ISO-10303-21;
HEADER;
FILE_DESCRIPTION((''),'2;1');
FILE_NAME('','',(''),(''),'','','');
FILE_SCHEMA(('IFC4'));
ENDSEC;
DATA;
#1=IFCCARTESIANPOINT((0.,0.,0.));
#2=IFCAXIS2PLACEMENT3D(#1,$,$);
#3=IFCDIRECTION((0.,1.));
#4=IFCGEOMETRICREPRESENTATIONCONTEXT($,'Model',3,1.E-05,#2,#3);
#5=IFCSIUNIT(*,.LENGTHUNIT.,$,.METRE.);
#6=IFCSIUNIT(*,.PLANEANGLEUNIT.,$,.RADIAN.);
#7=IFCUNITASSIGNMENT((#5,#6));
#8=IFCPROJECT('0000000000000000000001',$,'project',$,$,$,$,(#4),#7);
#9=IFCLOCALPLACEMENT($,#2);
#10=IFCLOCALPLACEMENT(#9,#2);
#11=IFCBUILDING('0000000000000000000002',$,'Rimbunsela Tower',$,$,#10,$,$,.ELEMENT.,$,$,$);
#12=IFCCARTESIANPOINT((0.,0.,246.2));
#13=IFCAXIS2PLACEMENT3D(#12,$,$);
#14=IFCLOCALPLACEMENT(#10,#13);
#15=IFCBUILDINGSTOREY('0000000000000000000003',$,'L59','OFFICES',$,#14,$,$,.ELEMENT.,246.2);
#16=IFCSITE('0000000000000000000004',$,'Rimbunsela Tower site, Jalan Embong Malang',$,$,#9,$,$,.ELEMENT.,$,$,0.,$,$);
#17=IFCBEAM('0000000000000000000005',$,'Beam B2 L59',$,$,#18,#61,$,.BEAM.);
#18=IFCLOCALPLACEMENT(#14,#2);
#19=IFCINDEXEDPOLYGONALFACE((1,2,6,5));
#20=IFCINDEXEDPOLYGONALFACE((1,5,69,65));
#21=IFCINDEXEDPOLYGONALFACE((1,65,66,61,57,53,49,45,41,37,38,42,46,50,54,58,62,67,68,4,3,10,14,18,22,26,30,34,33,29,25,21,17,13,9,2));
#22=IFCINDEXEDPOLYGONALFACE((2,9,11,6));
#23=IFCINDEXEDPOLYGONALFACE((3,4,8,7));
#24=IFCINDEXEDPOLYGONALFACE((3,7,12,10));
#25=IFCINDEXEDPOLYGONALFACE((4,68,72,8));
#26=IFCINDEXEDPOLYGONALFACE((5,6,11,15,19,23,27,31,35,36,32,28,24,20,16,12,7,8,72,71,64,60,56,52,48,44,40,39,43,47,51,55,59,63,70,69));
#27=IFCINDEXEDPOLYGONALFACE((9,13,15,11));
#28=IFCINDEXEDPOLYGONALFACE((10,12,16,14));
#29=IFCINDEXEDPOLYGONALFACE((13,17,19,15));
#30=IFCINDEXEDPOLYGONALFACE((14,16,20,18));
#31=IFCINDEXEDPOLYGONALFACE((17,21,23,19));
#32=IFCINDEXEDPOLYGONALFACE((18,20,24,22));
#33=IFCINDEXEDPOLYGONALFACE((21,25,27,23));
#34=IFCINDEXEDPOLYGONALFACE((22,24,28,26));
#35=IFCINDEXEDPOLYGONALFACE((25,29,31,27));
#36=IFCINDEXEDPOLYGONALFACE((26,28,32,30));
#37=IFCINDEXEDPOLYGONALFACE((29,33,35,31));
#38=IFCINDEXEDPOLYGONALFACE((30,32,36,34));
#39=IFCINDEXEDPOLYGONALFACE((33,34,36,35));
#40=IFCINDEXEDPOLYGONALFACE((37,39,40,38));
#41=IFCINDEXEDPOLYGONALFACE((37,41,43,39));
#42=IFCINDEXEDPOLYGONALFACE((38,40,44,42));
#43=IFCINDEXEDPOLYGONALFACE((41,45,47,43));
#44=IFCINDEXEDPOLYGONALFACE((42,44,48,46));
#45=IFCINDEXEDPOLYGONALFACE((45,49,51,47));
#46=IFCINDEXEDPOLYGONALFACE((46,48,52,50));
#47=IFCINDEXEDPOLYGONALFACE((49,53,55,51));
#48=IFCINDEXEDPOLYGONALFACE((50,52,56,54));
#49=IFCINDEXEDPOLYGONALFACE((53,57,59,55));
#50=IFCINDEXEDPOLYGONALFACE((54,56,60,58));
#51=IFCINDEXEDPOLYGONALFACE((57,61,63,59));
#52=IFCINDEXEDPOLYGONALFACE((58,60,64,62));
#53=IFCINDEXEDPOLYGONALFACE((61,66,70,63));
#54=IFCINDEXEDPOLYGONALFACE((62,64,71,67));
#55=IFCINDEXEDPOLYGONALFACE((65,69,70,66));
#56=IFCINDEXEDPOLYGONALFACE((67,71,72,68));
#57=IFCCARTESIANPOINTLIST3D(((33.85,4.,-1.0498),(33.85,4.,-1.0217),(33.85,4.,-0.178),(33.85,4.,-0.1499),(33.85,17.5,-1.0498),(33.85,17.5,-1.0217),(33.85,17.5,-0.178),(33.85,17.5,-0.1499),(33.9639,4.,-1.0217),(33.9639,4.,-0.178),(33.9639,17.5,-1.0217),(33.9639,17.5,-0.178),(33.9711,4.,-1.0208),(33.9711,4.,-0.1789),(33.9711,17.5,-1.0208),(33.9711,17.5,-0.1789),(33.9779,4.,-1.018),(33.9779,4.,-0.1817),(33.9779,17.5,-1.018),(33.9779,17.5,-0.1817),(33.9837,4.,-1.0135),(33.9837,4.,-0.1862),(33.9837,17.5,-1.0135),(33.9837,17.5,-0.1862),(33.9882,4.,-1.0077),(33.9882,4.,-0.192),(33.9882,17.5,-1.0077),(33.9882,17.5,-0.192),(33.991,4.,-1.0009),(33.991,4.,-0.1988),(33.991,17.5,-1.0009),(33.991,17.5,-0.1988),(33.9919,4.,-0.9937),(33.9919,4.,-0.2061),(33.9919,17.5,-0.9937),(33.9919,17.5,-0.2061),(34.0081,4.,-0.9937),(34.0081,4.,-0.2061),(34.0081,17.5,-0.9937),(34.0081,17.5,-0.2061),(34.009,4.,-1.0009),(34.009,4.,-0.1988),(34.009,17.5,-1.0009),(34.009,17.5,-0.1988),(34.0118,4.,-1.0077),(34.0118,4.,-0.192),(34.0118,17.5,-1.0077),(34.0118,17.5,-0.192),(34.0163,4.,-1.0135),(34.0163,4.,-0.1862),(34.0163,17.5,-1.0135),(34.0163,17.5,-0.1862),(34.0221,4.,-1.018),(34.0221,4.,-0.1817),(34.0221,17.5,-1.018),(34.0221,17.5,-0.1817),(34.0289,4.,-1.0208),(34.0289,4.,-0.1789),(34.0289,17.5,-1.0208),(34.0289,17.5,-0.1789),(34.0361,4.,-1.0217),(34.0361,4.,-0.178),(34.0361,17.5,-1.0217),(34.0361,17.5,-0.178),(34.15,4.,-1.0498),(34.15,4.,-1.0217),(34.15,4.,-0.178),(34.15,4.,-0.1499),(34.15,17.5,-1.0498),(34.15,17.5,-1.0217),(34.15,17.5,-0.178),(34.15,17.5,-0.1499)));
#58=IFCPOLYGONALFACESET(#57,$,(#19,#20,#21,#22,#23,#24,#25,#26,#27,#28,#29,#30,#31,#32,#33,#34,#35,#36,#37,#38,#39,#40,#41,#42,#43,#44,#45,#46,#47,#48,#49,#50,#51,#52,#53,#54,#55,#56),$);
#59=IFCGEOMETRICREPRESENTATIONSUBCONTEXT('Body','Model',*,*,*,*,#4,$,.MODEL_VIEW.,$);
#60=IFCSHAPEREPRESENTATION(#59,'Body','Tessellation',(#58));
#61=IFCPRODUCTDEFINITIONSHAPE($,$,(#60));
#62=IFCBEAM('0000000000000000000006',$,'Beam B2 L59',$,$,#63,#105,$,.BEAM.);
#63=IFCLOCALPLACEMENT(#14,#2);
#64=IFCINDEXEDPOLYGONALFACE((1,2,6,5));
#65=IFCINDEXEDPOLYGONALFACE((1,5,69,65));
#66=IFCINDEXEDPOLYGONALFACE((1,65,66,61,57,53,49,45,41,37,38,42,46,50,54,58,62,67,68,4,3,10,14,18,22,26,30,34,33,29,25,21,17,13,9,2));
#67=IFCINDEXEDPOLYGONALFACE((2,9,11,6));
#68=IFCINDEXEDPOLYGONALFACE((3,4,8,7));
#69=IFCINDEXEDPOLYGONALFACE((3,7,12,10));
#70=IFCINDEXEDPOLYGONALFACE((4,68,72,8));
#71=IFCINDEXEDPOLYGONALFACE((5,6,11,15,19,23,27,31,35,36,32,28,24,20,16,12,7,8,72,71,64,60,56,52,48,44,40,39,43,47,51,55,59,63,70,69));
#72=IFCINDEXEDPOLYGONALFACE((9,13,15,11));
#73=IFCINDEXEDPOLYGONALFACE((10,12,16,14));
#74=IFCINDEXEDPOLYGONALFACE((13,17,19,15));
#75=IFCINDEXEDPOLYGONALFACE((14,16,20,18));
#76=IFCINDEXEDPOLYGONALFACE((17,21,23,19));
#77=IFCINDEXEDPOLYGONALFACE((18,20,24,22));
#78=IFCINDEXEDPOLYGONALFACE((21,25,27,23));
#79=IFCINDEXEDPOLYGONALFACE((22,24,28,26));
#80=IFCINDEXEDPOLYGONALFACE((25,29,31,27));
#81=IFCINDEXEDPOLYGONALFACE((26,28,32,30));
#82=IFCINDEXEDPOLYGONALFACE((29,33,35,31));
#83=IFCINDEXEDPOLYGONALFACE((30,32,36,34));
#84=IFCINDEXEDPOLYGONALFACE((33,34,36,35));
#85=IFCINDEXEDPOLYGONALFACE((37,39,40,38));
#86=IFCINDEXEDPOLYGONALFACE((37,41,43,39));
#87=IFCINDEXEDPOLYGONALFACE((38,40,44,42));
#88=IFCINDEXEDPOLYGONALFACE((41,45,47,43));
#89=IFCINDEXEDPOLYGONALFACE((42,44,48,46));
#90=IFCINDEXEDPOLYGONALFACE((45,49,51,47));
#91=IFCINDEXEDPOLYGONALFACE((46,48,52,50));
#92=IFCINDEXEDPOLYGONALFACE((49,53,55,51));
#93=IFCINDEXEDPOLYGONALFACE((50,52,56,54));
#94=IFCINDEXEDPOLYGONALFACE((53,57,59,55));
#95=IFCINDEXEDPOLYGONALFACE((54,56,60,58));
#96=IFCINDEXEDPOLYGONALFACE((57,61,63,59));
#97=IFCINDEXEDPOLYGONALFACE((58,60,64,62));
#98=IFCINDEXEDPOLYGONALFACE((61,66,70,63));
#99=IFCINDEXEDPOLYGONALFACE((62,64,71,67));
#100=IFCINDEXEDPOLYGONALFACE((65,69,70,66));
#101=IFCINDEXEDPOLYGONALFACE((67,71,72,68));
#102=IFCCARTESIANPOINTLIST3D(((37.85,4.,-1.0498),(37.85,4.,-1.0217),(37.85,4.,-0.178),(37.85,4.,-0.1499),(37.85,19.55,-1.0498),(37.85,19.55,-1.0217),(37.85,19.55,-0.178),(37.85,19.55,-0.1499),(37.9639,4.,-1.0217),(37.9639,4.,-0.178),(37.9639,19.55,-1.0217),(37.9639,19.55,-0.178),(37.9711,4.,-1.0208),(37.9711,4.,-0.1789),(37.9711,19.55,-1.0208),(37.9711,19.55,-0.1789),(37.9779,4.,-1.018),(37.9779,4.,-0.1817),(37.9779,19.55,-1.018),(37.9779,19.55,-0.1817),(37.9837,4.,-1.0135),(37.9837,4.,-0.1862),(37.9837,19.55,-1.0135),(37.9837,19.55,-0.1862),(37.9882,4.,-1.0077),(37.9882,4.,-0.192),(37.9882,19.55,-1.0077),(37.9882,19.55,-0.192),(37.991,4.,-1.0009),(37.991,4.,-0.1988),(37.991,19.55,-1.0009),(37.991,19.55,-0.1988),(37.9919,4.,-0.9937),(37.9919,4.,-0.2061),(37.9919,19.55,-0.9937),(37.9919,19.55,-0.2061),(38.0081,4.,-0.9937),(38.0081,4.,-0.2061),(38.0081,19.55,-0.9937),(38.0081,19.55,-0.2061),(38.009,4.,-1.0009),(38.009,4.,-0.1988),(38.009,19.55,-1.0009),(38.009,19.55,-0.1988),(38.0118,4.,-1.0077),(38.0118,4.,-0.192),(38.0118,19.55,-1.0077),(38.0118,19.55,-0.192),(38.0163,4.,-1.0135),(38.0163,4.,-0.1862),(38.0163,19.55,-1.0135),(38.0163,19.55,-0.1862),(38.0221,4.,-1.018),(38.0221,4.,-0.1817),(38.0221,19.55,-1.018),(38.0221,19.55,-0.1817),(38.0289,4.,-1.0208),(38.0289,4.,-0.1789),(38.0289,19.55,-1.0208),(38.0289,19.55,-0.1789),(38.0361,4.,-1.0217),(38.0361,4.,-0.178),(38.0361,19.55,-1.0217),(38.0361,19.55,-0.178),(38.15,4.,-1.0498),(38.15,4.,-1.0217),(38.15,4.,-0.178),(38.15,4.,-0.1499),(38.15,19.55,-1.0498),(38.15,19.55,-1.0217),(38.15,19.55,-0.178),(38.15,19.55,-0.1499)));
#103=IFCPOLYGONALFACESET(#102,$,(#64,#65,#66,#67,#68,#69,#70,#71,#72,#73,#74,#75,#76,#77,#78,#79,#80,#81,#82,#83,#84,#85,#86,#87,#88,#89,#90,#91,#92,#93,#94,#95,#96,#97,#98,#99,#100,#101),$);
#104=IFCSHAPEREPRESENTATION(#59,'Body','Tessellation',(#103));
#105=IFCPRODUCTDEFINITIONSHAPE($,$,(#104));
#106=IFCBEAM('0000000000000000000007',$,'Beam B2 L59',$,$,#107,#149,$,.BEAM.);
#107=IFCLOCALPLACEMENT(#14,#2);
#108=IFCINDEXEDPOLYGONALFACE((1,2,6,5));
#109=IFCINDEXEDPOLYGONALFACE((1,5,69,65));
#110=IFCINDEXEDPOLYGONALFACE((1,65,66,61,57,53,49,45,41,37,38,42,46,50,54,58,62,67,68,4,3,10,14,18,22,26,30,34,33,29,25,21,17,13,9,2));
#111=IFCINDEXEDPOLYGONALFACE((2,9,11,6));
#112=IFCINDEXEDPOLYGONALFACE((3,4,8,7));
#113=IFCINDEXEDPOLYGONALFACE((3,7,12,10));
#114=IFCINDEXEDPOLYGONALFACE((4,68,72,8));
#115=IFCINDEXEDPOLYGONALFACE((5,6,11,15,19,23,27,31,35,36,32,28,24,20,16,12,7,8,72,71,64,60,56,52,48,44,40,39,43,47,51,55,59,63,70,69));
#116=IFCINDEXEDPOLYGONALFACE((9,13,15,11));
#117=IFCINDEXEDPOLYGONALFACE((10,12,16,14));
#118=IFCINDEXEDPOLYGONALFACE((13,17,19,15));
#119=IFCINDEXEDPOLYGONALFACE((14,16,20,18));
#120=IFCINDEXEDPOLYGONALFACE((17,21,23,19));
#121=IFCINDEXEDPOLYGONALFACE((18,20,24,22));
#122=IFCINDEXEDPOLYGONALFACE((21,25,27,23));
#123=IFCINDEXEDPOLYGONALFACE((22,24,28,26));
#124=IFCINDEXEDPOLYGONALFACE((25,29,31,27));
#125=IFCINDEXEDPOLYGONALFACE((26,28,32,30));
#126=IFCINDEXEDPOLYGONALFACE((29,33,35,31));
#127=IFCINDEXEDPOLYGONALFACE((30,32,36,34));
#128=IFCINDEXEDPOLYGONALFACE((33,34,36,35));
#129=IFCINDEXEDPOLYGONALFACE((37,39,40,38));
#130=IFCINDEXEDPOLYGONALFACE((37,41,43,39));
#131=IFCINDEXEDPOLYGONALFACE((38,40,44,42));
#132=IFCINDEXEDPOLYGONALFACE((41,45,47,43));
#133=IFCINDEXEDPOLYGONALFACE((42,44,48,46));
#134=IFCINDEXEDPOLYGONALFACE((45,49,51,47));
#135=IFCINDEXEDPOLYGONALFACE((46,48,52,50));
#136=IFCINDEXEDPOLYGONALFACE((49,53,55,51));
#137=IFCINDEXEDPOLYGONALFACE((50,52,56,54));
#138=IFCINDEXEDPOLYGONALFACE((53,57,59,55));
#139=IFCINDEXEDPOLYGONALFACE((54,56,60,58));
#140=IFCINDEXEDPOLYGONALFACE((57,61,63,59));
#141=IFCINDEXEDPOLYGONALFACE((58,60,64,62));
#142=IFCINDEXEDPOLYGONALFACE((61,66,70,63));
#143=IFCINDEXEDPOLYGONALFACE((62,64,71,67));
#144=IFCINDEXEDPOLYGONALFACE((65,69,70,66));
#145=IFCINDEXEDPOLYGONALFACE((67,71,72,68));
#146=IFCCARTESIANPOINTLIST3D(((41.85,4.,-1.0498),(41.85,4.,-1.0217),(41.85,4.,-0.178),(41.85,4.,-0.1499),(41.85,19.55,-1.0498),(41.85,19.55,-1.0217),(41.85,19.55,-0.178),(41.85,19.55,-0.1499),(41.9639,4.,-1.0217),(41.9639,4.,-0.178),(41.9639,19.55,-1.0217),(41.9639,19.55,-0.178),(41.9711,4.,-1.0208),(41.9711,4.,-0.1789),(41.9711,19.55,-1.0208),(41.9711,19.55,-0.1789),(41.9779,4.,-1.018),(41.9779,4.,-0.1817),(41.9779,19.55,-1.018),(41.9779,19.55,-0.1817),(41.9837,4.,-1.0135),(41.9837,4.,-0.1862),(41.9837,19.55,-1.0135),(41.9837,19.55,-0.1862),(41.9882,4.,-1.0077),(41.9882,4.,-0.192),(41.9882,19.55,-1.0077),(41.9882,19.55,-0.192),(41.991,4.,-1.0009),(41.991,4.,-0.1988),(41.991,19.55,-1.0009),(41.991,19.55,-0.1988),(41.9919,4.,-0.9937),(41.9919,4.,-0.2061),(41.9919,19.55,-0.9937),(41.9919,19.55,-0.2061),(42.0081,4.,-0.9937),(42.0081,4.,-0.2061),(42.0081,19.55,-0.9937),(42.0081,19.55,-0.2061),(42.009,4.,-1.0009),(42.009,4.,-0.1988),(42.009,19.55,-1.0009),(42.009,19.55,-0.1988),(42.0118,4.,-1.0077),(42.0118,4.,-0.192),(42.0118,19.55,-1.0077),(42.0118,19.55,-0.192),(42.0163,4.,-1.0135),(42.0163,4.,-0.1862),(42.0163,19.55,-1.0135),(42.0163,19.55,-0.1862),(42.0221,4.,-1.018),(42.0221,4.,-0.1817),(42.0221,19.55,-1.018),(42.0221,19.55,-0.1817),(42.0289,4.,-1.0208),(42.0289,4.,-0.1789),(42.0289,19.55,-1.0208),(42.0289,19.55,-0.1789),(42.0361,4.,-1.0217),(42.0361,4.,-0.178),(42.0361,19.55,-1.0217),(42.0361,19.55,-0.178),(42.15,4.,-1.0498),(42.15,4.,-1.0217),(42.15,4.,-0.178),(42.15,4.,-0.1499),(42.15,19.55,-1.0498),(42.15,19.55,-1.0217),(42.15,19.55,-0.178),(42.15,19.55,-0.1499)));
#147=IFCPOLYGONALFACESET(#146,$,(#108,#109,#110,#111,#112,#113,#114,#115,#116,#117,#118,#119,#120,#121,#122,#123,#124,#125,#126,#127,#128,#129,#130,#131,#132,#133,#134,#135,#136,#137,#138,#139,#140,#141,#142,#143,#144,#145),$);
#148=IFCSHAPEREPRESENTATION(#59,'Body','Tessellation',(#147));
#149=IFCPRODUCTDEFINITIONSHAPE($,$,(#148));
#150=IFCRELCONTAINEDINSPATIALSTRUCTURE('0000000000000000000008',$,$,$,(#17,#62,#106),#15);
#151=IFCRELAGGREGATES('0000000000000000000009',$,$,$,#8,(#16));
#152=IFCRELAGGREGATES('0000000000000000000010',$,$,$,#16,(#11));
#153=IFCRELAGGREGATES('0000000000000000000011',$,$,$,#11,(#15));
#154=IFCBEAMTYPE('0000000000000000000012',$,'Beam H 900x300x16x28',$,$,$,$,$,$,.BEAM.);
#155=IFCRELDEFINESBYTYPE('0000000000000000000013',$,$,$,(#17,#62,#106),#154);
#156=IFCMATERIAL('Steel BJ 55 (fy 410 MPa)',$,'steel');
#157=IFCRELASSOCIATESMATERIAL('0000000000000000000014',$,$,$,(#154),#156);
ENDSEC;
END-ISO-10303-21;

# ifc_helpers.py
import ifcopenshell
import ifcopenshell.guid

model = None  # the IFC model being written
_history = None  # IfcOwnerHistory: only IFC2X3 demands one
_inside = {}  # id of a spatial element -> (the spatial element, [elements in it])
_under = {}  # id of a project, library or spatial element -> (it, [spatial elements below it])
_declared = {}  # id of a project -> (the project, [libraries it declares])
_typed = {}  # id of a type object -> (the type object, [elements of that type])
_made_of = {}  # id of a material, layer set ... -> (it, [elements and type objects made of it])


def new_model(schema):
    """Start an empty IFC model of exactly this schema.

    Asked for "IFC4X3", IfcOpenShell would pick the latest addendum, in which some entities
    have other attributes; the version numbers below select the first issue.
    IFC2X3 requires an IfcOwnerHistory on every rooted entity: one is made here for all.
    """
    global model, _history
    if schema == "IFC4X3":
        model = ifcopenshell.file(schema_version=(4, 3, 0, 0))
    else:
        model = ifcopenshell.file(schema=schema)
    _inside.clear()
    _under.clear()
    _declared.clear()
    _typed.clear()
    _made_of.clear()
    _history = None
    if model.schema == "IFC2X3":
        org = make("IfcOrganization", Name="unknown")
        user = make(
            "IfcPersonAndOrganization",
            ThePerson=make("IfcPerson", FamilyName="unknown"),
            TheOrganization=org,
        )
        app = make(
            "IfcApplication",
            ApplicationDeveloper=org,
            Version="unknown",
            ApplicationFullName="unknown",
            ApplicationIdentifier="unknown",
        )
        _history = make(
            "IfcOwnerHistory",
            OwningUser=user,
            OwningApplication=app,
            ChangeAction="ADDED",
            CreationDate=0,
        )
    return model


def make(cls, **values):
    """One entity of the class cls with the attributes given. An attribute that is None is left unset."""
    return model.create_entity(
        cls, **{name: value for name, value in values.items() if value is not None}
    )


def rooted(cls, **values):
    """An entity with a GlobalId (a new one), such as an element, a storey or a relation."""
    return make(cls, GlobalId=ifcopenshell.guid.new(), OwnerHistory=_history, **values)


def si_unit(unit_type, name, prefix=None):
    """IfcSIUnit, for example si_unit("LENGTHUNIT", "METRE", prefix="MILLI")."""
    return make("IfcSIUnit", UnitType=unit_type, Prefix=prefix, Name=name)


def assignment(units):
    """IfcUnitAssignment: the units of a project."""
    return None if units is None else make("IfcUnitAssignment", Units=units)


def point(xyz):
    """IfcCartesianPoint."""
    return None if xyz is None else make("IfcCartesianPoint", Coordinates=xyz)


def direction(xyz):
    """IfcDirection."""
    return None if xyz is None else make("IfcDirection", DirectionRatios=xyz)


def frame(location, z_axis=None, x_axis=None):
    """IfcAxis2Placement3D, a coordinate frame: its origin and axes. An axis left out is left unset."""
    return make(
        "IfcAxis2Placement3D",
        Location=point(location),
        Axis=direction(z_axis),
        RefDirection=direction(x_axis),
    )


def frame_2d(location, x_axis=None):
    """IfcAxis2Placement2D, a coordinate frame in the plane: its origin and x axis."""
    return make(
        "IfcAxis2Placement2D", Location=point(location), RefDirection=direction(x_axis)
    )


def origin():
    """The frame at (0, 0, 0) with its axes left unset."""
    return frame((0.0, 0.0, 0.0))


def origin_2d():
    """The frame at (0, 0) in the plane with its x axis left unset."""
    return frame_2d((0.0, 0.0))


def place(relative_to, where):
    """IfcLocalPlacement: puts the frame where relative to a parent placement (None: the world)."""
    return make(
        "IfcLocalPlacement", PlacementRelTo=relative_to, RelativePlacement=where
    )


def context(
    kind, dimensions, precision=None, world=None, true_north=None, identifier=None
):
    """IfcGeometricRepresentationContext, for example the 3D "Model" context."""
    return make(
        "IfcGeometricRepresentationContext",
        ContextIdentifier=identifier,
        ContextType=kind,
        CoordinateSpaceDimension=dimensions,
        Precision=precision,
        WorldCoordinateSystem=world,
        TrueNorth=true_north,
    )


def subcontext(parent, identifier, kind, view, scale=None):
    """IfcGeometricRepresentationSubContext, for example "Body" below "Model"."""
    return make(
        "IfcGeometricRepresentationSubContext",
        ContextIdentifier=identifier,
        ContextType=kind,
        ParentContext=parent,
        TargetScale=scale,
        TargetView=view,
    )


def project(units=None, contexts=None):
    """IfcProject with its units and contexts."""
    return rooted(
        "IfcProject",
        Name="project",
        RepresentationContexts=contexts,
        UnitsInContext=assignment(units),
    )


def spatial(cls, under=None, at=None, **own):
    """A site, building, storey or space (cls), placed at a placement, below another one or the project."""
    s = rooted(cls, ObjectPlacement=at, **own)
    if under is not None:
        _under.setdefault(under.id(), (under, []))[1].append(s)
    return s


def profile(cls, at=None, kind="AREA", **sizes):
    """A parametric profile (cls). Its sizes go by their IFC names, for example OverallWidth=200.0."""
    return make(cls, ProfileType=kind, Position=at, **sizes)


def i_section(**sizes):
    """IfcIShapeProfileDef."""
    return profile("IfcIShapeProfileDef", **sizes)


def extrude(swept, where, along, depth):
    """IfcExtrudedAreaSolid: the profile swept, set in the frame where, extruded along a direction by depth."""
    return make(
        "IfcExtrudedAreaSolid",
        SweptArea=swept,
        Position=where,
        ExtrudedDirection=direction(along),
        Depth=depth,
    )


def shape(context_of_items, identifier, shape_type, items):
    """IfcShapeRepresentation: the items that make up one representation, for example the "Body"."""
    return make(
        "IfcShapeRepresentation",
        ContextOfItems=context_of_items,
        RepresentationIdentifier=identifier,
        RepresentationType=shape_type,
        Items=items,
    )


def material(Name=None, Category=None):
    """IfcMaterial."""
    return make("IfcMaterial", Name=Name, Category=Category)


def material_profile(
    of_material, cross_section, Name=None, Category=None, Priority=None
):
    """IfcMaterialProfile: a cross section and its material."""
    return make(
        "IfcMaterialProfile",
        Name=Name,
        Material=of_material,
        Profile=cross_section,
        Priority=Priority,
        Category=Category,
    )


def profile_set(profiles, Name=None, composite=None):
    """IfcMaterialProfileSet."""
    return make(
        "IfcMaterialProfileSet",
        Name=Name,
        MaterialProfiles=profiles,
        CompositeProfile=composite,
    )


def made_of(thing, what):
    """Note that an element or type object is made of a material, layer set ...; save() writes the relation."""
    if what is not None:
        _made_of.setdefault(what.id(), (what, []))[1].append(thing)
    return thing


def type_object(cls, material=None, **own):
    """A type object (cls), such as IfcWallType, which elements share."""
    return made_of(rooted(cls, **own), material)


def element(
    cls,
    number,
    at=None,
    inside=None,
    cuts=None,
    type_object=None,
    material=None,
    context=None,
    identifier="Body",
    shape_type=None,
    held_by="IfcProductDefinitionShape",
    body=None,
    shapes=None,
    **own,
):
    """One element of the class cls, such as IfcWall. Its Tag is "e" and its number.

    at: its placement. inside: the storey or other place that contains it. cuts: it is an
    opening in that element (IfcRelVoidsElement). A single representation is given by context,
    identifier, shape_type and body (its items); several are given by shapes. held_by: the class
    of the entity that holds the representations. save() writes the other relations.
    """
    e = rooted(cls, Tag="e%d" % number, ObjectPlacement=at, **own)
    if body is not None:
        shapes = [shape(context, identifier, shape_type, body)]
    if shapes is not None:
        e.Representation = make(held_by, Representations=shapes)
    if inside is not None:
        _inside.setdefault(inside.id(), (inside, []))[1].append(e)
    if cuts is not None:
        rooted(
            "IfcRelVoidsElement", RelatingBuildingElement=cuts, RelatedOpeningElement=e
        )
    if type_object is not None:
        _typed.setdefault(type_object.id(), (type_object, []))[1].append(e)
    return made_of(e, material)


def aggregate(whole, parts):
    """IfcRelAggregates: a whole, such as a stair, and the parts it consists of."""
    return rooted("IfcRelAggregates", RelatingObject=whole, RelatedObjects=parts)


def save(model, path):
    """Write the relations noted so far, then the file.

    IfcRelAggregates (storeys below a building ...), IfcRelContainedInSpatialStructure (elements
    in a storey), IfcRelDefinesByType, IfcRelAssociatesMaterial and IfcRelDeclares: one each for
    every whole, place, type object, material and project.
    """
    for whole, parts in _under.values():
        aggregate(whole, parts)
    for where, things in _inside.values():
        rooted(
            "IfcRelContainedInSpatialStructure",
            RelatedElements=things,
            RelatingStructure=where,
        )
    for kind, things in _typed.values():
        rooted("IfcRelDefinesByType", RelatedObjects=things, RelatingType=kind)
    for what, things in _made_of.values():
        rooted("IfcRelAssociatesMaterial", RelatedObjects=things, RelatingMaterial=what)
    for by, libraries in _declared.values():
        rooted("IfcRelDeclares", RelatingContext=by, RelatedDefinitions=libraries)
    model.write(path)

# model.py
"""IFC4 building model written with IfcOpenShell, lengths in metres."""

from ifc_helpers import new_model, si_unit, direction, frame, origin, origin_2d, place, context, subcontext, project, spatial, i_section, extrude, material, material_profile, profile_set, type_object, element, save


model = new_model("IFC4")

# Units and contexts
model_context = context("Model", 3, precision=1e-05, world=origin(), true_north=direction((0.0, 1.0)))
body_context = subcontext(model_context, "Body", "Model", "MODEL_VIEW")
ifc_project = project(units=[si_unit("LENGTHUNIT", "METRE"), si_unit("PLANEANGLEUNIT", "RADIAN")], contexts=[model_context])

# Site, building, storey
site_placement = place(None, origin())
site = spatial("IfcSite", under=ifc_project, at=site_placement, Name="Rimbunsela Tower site, Jalan Embong Malang", CompositionType="ELEMENT", RefElevation=0.0)
building_placement = place(site_placement, origin())
building = spatial("IfcBuilding", under=site, at=building_placement, Name="Rimbunsela Tower", CompositionType="ELEMENT")
storey_placement = place(building_placement, frame((0.0, 0.0, 246.2)))
storey = spatial("IfcBuildingStorey", under=building, at=storey_placement, Name="L59", Description="OFFICES", CompositionType="ELEMENT", Elevation=246.2)

# Beams
ifc_material_1 = material(Name="Steel BJ 55 (fy 410 MPa)", Category="steel")
ifc_material_profile_1 = material_profile(ifc_material_1, i_section(OverallWidth=0.3, OverallDepth=0.8999, WebThickness=0.0161, FlangeThickness=0.0281, FilletRadius=0.0281, at=origin_2d()), Name="H 900x300x16x28")
ifc_profile_set_1 = profile_set([ifc_material_profile_1], Name="Steel BJ 55 (fy 410 MPa)")
beam_type_1 = type_object("IfcBeamType", Name="Beam H 900x300x16x28", PredefinedType="BEAM", material=ifc_profile_set_1)
for number, where, z_axis, x_axis, name in (
    (1, (34.0, 4.0, -0.5999), (0.0, 1.0, 0.0), (-1.0, 0.0, 0.0), "Beam B2 L59"),
):
    element("IfcBeam", number, at=place(storey_placement, frame(where, z_axis=z_axis, x_axis=x_axis)), inside=storey, type_object=beam_type_1, Name=name, PredefinedType="BEAM", context=body_context, shape_type="SweptSolid", body=[
        extrude(i_section(OverallWidth=0.3, OverallDepth=0.8999, WebThickness=0.0161, FlangeThickness=0.0281, FilletRadius=0.0281, at=origin_2d()), origin(), (0.0, 0.0, 1.0), 13.5),
    ])
for number, where, z_axis, x_axis, name in (
    (2, (38.0, 4.0, -0.5999), (0.0, 1.0, 0.0), (-1.0, 0.0, 0.0), "Beam B2 L59"),
    (3, (42.0, 4.0, -0.5999), (0.0, 1.0, 0.0), (-1.0, 0.0, 0.0), "Beam B2 L59"),
):
    element("IfcBeam", number, at=place(storey_placement, frame(where, z_axis=z_axis, x_axis=x_axis)), inside=storey, type_object=beam_type_1, Name=name, PredefinedType="BEAM", context=body_context, shape_type="SweptSolid", body=[
        extrude(i_section(OverallWidth=0.3, OverallDepth=0.8999, WebThickness=0.0161, FlangeThickness=0.0281, FilletRadius=0.0281, at=origin_2d()), origin(), (0.0, 0.0, 1.0), 15.55),
    ])

save(model, "model.ifc")
